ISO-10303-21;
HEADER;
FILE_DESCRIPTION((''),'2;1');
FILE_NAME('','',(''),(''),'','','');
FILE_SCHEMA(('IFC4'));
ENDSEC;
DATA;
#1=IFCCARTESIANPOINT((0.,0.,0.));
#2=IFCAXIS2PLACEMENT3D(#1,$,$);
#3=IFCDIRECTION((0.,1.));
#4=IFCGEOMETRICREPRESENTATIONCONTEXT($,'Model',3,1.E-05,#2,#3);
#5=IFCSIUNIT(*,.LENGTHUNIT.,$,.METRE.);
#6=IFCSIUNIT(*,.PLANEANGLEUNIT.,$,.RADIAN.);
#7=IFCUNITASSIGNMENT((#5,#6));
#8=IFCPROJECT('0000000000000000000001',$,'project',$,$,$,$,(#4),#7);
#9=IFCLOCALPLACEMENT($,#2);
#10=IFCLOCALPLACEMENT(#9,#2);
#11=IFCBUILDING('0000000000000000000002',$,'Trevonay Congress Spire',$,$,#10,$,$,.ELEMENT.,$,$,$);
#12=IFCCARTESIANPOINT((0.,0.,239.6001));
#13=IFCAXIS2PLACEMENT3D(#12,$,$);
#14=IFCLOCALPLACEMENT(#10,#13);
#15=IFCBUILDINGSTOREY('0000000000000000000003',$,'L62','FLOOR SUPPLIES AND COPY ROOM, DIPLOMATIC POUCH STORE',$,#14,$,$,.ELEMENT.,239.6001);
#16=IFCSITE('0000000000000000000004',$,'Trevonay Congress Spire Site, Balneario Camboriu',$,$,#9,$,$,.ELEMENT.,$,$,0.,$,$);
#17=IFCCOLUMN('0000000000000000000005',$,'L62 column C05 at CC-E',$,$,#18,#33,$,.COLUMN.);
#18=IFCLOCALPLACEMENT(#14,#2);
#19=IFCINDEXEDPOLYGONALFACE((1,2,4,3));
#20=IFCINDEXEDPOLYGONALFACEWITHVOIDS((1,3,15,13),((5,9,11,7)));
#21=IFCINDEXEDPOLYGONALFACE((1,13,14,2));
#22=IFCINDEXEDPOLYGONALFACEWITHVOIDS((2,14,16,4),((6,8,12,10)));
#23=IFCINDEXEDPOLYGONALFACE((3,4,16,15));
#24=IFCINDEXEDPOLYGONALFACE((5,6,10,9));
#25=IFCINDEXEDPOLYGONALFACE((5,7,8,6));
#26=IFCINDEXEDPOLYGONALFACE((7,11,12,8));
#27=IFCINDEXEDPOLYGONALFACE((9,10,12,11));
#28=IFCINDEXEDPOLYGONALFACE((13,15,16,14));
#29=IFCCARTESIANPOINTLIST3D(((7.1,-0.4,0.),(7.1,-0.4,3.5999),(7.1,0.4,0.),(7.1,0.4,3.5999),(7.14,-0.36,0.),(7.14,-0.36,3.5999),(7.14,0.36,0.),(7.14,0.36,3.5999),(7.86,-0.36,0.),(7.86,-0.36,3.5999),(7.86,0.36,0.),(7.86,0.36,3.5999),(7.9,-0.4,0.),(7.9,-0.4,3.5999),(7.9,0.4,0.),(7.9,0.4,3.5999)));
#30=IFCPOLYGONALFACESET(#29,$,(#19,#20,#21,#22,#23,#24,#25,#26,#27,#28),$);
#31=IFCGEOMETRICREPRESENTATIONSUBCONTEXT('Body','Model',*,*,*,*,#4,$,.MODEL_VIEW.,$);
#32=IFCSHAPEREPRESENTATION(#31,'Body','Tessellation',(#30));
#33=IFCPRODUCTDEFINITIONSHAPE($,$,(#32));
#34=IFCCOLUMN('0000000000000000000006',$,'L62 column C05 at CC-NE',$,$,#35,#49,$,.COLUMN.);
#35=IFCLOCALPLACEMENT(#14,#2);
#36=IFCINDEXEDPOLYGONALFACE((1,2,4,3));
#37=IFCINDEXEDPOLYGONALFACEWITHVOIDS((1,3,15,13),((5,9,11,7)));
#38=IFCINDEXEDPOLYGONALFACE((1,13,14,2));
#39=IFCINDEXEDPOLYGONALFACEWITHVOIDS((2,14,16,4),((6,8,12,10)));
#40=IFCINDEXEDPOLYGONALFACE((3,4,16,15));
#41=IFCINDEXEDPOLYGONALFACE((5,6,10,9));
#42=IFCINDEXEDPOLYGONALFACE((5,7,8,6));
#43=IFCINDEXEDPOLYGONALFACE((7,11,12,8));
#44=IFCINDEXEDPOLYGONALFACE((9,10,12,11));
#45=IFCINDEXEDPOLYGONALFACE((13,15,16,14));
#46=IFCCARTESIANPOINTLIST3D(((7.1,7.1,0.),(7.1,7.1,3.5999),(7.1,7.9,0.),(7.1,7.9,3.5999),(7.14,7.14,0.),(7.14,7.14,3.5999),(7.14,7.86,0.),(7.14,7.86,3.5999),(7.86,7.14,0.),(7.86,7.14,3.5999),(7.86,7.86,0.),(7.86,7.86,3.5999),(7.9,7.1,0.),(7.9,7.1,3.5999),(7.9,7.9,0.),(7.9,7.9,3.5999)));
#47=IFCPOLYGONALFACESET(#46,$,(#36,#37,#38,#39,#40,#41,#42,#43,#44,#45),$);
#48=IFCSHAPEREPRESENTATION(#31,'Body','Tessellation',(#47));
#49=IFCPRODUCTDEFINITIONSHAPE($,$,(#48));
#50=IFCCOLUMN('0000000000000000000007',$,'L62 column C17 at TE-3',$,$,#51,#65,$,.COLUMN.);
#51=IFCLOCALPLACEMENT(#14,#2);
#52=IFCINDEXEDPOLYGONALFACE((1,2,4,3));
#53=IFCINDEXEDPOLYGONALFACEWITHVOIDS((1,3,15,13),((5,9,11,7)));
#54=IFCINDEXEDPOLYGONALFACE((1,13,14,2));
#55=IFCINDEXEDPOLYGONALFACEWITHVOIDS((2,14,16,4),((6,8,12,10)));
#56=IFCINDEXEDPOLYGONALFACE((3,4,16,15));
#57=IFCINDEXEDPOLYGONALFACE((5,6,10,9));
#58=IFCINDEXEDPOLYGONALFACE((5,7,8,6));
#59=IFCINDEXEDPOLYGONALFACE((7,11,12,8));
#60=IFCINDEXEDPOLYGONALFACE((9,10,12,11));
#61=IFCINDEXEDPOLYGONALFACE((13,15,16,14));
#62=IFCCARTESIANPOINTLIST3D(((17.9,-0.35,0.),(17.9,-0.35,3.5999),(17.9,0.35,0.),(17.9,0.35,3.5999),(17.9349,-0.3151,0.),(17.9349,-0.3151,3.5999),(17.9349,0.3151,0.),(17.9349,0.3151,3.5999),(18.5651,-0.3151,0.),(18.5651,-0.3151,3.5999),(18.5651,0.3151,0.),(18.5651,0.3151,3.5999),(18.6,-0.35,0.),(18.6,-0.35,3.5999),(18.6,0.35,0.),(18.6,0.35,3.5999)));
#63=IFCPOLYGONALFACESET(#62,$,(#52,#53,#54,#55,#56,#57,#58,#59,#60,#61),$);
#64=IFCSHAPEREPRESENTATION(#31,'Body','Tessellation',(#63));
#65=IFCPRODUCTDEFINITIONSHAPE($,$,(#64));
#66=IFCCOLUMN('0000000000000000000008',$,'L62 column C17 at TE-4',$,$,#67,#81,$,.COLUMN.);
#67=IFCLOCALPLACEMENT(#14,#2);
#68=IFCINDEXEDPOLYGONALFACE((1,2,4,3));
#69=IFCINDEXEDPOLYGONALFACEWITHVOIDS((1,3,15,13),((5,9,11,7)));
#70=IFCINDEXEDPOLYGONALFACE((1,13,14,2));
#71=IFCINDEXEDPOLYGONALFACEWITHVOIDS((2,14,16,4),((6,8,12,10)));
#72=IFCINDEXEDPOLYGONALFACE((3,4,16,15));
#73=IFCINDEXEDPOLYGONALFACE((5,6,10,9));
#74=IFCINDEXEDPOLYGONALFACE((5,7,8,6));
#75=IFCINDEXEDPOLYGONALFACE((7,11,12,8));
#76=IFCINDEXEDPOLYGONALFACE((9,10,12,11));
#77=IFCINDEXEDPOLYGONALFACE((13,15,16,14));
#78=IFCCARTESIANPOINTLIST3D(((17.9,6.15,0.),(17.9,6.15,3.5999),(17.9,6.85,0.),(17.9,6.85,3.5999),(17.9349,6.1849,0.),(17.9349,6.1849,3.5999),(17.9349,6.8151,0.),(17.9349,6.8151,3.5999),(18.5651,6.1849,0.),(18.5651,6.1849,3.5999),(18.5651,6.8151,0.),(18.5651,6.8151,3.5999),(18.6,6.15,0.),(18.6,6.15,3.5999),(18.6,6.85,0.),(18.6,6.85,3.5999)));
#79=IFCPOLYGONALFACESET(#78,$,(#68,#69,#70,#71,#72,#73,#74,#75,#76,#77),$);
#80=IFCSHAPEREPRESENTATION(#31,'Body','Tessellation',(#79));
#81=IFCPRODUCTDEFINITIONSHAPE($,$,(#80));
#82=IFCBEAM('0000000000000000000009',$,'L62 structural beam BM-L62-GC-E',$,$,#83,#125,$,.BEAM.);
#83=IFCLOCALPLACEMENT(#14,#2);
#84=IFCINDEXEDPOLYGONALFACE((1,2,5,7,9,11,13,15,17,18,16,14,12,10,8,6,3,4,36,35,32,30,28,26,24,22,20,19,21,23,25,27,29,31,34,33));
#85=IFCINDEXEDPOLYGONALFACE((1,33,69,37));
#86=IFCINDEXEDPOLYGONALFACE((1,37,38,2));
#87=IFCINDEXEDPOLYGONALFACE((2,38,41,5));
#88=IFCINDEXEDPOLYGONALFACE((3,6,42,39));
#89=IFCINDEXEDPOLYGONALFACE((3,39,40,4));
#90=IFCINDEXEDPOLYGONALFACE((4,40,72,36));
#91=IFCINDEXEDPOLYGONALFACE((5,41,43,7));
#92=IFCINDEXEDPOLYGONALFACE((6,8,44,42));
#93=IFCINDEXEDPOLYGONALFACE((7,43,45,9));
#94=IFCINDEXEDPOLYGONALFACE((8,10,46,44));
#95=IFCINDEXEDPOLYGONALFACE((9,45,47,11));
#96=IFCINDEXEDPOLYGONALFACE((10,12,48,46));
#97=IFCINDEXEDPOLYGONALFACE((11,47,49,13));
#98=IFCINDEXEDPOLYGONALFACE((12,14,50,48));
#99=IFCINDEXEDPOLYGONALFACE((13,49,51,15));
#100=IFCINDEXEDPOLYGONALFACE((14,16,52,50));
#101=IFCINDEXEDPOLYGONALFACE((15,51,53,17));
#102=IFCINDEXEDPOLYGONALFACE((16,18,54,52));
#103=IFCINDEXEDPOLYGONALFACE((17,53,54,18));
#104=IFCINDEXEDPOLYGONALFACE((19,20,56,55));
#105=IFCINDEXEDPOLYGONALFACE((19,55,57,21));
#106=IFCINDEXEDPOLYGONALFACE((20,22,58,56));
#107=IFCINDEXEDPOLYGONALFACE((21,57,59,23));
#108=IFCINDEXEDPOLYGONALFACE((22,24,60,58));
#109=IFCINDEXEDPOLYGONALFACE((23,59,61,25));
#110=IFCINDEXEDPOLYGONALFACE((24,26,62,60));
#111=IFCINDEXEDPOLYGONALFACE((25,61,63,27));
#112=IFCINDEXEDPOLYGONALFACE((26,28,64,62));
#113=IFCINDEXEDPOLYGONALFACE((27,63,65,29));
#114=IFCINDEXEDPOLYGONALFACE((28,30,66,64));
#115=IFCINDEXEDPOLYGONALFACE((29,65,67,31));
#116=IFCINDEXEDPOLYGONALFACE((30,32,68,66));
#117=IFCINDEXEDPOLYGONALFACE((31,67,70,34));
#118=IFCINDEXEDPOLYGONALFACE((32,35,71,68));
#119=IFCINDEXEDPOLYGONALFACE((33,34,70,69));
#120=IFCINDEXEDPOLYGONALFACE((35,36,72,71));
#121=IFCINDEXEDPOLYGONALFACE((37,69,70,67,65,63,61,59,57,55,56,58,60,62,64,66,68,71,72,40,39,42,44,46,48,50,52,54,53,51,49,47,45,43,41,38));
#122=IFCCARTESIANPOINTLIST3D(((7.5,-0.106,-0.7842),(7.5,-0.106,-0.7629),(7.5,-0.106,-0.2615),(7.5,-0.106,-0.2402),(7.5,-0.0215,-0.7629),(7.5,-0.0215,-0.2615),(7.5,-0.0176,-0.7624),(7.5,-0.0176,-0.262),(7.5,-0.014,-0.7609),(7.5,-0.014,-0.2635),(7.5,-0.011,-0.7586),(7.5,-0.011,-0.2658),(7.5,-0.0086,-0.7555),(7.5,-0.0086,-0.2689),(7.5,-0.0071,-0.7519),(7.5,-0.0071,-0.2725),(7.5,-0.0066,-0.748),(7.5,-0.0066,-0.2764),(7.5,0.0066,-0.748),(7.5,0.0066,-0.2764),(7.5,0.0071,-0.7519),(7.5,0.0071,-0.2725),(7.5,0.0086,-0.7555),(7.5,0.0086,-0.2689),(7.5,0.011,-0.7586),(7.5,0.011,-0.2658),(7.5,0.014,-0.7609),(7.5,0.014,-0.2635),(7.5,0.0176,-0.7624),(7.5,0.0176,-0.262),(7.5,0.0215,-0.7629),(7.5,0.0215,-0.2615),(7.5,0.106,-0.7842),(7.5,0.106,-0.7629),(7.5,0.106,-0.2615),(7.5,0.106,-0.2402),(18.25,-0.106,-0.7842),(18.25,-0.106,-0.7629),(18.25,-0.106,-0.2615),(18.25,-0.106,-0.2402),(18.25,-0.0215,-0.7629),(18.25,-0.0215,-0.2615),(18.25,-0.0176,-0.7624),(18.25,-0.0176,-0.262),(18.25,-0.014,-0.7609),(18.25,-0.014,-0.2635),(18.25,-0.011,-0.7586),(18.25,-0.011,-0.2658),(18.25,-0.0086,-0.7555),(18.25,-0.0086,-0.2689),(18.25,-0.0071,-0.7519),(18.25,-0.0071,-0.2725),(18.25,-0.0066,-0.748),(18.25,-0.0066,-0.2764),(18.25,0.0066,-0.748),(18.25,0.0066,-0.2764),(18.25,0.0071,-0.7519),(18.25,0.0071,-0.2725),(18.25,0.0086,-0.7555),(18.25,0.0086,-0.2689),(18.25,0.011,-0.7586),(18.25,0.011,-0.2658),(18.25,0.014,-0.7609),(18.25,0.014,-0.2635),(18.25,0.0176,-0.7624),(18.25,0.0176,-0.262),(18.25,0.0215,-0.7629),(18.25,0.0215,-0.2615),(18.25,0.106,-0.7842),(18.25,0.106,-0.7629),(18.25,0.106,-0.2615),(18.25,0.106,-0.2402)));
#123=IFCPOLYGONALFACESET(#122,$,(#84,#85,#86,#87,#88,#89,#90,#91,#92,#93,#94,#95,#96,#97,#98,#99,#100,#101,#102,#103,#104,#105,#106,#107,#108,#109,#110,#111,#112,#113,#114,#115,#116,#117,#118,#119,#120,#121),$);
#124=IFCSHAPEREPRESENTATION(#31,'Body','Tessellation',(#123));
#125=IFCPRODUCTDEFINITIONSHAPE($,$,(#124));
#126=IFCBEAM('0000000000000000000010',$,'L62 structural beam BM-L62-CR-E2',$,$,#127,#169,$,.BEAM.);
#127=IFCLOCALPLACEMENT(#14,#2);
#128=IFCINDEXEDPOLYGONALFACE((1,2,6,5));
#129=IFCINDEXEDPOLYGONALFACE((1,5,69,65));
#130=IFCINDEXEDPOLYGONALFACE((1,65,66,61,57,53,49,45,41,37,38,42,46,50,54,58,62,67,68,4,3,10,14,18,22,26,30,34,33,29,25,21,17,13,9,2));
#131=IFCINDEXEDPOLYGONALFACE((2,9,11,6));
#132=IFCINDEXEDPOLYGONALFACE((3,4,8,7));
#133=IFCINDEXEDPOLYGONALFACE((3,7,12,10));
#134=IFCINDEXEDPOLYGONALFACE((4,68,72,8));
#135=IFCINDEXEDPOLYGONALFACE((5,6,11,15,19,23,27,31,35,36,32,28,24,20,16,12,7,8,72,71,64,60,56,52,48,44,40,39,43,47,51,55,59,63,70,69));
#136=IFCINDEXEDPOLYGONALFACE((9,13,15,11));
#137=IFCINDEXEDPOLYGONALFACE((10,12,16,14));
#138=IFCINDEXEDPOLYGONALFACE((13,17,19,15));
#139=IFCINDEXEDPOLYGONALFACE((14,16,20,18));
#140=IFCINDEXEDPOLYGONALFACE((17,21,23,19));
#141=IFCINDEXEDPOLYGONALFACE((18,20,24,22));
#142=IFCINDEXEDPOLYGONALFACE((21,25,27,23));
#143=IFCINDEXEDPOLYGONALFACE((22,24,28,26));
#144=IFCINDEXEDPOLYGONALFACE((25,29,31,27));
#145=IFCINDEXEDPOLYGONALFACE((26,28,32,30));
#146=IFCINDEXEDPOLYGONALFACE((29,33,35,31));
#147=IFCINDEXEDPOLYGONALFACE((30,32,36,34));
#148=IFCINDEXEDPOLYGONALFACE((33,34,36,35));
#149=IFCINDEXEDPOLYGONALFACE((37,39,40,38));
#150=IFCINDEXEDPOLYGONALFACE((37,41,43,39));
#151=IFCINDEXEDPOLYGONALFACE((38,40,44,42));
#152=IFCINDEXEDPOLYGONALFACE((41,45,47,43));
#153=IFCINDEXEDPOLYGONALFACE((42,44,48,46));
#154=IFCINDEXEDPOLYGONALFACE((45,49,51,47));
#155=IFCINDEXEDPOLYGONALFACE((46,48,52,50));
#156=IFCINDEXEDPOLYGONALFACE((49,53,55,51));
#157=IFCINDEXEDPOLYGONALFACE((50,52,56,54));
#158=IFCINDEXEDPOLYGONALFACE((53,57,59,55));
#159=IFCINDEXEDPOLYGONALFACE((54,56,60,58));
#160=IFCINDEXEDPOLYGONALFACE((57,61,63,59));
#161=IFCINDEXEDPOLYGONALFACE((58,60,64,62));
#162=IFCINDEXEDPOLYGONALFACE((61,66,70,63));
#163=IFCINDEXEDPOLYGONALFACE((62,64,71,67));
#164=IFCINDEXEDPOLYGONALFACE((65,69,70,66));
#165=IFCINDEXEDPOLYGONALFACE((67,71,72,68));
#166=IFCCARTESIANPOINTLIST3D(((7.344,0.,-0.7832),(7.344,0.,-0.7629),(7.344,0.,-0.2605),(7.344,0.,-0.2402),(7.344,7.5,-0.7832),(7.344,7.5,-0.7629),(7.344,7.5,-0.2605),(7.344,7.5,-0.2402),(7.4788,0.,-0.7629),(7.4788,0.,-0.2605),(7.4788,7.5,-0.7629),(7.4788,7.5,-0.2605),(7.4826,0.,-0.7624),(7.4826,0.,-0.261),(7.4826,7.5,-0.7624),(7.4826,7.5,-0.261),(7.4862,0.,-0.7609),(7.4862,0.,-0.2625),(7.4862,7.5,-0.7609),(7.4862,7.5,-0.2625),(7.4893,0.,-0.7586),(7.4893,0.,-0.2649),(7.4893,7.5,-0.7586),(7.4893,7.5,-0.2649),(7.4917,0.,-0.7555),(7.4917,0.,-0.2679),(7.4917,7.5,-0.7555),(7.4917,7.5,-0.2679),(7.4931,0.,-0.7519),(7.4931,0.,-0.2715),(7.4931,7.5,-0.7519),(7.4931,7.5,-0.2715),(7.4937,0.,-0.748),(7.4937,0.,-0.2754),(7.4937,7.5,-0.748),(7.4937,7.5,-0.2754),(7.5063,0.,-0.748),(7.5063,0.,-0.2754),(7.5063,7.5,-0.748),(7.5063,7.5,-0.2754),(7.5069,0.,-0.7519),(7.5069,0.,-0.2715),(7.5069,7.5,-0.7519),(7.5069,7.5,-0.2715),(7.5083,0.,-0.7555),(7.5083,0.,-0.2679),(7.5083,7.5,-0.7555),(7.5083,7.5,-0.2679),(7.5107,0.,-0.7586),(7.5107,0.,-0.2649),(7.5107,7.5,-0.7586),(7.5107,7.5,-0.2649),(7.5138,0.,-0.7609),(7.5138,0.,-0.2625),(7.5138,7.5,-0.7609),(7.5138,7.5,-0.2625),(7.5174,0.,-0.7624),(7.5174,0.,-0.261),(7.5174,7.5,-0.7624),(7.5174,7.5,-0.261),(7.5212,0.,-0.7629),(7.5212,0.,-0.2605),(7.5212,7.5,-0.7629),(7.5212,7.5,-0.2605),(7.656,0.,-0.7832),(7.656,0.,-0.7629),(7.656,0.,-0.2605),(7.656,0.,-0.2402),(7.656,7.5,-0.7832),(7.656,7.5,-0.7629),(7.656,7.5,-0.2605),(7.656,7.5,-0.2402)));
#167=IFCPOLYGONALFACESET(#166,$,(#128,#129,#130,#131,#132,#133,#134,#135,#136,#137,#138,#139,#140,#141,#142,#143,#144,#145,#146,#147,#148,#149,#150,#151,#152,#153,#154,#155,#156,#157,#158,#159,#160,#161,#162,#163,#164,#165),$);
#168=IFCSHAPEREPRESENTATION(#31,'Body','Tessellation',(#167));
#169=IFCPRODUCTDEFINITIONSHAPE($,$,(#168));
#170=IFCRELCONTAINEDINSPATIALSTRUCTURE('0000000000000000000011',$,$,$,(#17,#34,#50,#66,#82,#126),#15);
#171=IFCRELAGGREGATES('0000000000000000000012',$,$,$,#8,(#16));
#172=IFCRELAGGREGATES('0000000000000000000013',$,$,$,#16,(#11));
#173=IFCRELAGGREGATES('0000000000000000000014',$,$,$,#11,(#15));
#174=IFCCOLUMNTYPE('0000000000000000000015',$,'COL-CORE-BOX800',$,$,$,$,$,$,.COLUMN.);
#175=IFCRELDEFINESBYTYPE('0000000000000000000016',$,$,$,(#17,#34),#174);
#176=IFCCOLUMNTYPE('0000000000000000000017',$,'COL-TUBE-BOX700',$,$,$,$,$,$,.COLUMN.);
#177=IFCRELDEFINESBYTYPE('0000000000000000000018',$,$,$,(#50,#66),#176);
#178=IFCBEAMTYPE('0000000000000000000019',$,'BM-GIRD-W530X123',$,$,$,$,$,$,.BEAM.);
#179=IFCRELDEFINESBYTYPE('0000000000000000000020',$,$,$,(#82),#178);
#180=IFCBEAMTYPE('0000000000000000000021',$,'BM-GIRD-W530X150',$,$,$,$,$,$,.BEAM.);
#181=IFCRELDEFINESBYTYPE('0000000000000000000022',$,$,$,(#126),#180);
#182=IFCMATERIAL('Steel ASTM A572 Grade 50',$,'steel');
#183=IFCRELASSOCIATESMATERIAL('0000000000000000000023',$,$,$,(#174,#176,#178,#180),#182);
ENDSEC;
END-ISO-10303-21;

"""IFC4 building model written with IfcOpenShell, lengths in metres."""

from ifc_helpers import new_model, si_unit, direction, frame, origin, origin_2d, place, context, subcontext, project, spatial, hollow_rectangle, i_section, extrude, material, material_profile, profile_set, type_object, element, save


model = new_model("IFC4")

# Units and contexts
model_context = context("Model", 3, precision=1e-05, world=origin(), true_north=direction((0.0, 1.0)))
body_context = subcontext(model_context, "Body", "Model", "MODEL_VIEW")
ifc_project = project(units=[si_unit("LENGTHUNIT", "METRE"), si_unit("PLANEANGLEUNIT", "RADIAN")], contexts=[model_context])

# Site, building, storey
site_placement = place(None, origin())
site = spatial("IfcSite", under=ifc_project, at=site_placement, Name="Trevonay Congress Spire Site, Balneario Camboriu", CompositionType="ELEMENT", RefElevation=0.0)
building_placement = place(site_placement, origin())
building = spatial("IfcBuilding", under=site, at=building_placement, Name="Trevonay Congress Spire", CompositionType="ELEMENT")
storey_placement = place(building_placement, frame((0.0, 0.0, 239.6001)))
storey = spatial("IfcBuildingStorey", under=building, at=storey_placement, Name="L62", Description="FLOOR SUPPLIES AND COPY ROOM, DIPLOMATIC POUCH STORE", CompositionType="ELEMENT", Elevation=239.6001)

# Columns
ifc_material_1 = material(Name="Steel ASTM A572 Grade 50", Category="steel")
ifc_material_profile_1 = material_profile(ifc_material_1, hollow_rectangle(XDim=0.8, YDim=0.8, WallThickness=0.04, at=origin_2d()), Name="BOX 800x800x40")
ifc_profile_set_1 = profile_set([ifc_material_profile_1], Name="Steel ASTM A572 Grade 50")
column_type_1 = type_object("IfcColumnType", Name="COL-CORE-BOX800", PredefinedType="COLUMN", material=ifc_profile_set_1)
for number, where, z_axis, x_axis, name in (
    (1, (7.5, 0.0, 0.0), (0.0, 0.0, 1.0), (1.0, 0.0, 0.0), "L62 column C05 at CC-E"),
    (2, (7.5, 7.5, 0.0), (0.0, 0.0, 1.0), (1.0, 0.0, 0.0), "L62 column C05 at CC-NE"),
):
    element("IfcColumn", number, at=place(storey_placement, frame(where, z_axis=z_axis, x_axis=x_axis)), inside=storey, type_object=column_type_1, Name=name, PredefinedType="COLUMN", context=body_context, shape_type="SweptSolid", body=[
        extrude(hollow_rectangle(XDim=0.8, YDim=0.8, WallThickness=0.04, at=origin_2d()), origin(), (0.0, 0.0, 1.0), 3.5999),
    ])
ifc_material_profile_2 = material_profile(ifc_material_1, hollow_rectangle(XDim=0.7, YDim=0.7, WallThickness=0.0349, at=origin_2d()), Name="BOX 700x700x35")
ifc_profile_set_2 = profile_set([ifc_material_profile_2], Name="Steel ASTM A572 Grade 50")
column_type_2 = type_object("IfcColumnType", Name="COL-TUBE-BOX700", PredefinedType="COLUMN", material=ifc_profile_set_2)
for number, where, z_axis, x_axis, name in (
    (3, (18.25, 0.0, 0.0), (0.0, 0.0, 1.0), (1.0, 0.0, 0.0), "L62 column C17 at TE-3"),
    (4, (18.25, 6.5, 0.0), (0.0, 0.0, 1.0), (1.0, 0.0, 0.0), "L62 column C17 at TE-4"),
):
    element("IfcColumn", number, at=place(storey_placement, frame(where, z_axis=z_axis, x_axis=x_axis)), inside=storey, type_object=column_type_2, Name=name, PredefinedType="COLUMN", context=body_context, shape_type="SweptSolid", body=[
        extrude(hollow_rectangle(XDim=0.7, YDim=0.7, WallThickness=0.0349, at=origin_2d()), origin(), (0.0, 0.0, 1.0), 3.5999),
    ])

# Beams
ifc_material_profile_3 = material_profile(ifc_material_1, i_section(OverallWidth=0.2119, OverallDepth=0.5439, WebThickness=0.0132, FlangeThickness=0.0212, FilletRadius=0.0149, at=origin_2d()), Name="W530x123")
ifc_profile_set_3 = profile_set([ifc_material_profile_3], Name="Steel ASTM A572 Grade 50")
beam_type_1 = type_object("IfcBeamType", Name="BM-GIRD-W530X123", PredefinedType="BEAM", material=ifc_profile_set_3)
beam_1_placement = place(storey_placement, frame((7.5, 0.0, -0.5122), z_axis=(1.0, 0.0, 0.0), x_axis=(0.0, 1.0, 0.0)))
element("IfcBeam", 5, at=beam_1_placement, inside=storey, type_object=beam_type_1, Name="L62 structural beam BM-L62-GC-E", PredefinedType="BEAM", context=body_context, shape_type="SweptSolid", body=[
    extrude(i_section(OverallWidth=0.2119, OverallDepth=0.5439, WebThickness=0.0132, FlangeThickness=0.0212, FilletRadius=0.0149, at=origin_2d()), origin(), (0.0, 0.0, 1.0), 10.75),
])
ifc_material_profile_4 = material_profile(ifc_material_1, i_section(OverallWidth=0.312, OverallDepth=0.543, WebThickness=0.0127, FlangeThickness=0.0203, FilletRadius=0.0149, at=origin_2d()), Name="W530x150")
ifc_profile_set_4 = profile_set([ifc_material_profile_4], Name="Steel ASTM A572 Grade 50")
beam_type_2 = type_object("IfcBeamType", Name="BM-GIRD-W530X150", PredefinedType="BEAM", material=ifc_profile_set_4)
beam_2_placement = place(storey_placement, frame((7.5, 0.0, -0.5117), z_axis=(0.0, 1.0, 0.0), x_axis=(-1.0, 0.0, 0.0)))
element("IfcBeam", 6, at=beam_2_placement, inside=storey, type_object=beam_type_2, Name="L62 structural beam BM-L62-CR-E2", PredefinedType="BEAM", context=body_context, shape_type="SweptSolid", body=[
    extrude(i_section(OverallWidth=0.312, OverallDepth=0.543, WebThickness=0.0127, FlangeThickness=0.0203, FilletRadius=0.0149, at=origin_2d()), origin(), (0.0, 0.0, 1.0), 7.5),
])

save(model, "model.ifc")
